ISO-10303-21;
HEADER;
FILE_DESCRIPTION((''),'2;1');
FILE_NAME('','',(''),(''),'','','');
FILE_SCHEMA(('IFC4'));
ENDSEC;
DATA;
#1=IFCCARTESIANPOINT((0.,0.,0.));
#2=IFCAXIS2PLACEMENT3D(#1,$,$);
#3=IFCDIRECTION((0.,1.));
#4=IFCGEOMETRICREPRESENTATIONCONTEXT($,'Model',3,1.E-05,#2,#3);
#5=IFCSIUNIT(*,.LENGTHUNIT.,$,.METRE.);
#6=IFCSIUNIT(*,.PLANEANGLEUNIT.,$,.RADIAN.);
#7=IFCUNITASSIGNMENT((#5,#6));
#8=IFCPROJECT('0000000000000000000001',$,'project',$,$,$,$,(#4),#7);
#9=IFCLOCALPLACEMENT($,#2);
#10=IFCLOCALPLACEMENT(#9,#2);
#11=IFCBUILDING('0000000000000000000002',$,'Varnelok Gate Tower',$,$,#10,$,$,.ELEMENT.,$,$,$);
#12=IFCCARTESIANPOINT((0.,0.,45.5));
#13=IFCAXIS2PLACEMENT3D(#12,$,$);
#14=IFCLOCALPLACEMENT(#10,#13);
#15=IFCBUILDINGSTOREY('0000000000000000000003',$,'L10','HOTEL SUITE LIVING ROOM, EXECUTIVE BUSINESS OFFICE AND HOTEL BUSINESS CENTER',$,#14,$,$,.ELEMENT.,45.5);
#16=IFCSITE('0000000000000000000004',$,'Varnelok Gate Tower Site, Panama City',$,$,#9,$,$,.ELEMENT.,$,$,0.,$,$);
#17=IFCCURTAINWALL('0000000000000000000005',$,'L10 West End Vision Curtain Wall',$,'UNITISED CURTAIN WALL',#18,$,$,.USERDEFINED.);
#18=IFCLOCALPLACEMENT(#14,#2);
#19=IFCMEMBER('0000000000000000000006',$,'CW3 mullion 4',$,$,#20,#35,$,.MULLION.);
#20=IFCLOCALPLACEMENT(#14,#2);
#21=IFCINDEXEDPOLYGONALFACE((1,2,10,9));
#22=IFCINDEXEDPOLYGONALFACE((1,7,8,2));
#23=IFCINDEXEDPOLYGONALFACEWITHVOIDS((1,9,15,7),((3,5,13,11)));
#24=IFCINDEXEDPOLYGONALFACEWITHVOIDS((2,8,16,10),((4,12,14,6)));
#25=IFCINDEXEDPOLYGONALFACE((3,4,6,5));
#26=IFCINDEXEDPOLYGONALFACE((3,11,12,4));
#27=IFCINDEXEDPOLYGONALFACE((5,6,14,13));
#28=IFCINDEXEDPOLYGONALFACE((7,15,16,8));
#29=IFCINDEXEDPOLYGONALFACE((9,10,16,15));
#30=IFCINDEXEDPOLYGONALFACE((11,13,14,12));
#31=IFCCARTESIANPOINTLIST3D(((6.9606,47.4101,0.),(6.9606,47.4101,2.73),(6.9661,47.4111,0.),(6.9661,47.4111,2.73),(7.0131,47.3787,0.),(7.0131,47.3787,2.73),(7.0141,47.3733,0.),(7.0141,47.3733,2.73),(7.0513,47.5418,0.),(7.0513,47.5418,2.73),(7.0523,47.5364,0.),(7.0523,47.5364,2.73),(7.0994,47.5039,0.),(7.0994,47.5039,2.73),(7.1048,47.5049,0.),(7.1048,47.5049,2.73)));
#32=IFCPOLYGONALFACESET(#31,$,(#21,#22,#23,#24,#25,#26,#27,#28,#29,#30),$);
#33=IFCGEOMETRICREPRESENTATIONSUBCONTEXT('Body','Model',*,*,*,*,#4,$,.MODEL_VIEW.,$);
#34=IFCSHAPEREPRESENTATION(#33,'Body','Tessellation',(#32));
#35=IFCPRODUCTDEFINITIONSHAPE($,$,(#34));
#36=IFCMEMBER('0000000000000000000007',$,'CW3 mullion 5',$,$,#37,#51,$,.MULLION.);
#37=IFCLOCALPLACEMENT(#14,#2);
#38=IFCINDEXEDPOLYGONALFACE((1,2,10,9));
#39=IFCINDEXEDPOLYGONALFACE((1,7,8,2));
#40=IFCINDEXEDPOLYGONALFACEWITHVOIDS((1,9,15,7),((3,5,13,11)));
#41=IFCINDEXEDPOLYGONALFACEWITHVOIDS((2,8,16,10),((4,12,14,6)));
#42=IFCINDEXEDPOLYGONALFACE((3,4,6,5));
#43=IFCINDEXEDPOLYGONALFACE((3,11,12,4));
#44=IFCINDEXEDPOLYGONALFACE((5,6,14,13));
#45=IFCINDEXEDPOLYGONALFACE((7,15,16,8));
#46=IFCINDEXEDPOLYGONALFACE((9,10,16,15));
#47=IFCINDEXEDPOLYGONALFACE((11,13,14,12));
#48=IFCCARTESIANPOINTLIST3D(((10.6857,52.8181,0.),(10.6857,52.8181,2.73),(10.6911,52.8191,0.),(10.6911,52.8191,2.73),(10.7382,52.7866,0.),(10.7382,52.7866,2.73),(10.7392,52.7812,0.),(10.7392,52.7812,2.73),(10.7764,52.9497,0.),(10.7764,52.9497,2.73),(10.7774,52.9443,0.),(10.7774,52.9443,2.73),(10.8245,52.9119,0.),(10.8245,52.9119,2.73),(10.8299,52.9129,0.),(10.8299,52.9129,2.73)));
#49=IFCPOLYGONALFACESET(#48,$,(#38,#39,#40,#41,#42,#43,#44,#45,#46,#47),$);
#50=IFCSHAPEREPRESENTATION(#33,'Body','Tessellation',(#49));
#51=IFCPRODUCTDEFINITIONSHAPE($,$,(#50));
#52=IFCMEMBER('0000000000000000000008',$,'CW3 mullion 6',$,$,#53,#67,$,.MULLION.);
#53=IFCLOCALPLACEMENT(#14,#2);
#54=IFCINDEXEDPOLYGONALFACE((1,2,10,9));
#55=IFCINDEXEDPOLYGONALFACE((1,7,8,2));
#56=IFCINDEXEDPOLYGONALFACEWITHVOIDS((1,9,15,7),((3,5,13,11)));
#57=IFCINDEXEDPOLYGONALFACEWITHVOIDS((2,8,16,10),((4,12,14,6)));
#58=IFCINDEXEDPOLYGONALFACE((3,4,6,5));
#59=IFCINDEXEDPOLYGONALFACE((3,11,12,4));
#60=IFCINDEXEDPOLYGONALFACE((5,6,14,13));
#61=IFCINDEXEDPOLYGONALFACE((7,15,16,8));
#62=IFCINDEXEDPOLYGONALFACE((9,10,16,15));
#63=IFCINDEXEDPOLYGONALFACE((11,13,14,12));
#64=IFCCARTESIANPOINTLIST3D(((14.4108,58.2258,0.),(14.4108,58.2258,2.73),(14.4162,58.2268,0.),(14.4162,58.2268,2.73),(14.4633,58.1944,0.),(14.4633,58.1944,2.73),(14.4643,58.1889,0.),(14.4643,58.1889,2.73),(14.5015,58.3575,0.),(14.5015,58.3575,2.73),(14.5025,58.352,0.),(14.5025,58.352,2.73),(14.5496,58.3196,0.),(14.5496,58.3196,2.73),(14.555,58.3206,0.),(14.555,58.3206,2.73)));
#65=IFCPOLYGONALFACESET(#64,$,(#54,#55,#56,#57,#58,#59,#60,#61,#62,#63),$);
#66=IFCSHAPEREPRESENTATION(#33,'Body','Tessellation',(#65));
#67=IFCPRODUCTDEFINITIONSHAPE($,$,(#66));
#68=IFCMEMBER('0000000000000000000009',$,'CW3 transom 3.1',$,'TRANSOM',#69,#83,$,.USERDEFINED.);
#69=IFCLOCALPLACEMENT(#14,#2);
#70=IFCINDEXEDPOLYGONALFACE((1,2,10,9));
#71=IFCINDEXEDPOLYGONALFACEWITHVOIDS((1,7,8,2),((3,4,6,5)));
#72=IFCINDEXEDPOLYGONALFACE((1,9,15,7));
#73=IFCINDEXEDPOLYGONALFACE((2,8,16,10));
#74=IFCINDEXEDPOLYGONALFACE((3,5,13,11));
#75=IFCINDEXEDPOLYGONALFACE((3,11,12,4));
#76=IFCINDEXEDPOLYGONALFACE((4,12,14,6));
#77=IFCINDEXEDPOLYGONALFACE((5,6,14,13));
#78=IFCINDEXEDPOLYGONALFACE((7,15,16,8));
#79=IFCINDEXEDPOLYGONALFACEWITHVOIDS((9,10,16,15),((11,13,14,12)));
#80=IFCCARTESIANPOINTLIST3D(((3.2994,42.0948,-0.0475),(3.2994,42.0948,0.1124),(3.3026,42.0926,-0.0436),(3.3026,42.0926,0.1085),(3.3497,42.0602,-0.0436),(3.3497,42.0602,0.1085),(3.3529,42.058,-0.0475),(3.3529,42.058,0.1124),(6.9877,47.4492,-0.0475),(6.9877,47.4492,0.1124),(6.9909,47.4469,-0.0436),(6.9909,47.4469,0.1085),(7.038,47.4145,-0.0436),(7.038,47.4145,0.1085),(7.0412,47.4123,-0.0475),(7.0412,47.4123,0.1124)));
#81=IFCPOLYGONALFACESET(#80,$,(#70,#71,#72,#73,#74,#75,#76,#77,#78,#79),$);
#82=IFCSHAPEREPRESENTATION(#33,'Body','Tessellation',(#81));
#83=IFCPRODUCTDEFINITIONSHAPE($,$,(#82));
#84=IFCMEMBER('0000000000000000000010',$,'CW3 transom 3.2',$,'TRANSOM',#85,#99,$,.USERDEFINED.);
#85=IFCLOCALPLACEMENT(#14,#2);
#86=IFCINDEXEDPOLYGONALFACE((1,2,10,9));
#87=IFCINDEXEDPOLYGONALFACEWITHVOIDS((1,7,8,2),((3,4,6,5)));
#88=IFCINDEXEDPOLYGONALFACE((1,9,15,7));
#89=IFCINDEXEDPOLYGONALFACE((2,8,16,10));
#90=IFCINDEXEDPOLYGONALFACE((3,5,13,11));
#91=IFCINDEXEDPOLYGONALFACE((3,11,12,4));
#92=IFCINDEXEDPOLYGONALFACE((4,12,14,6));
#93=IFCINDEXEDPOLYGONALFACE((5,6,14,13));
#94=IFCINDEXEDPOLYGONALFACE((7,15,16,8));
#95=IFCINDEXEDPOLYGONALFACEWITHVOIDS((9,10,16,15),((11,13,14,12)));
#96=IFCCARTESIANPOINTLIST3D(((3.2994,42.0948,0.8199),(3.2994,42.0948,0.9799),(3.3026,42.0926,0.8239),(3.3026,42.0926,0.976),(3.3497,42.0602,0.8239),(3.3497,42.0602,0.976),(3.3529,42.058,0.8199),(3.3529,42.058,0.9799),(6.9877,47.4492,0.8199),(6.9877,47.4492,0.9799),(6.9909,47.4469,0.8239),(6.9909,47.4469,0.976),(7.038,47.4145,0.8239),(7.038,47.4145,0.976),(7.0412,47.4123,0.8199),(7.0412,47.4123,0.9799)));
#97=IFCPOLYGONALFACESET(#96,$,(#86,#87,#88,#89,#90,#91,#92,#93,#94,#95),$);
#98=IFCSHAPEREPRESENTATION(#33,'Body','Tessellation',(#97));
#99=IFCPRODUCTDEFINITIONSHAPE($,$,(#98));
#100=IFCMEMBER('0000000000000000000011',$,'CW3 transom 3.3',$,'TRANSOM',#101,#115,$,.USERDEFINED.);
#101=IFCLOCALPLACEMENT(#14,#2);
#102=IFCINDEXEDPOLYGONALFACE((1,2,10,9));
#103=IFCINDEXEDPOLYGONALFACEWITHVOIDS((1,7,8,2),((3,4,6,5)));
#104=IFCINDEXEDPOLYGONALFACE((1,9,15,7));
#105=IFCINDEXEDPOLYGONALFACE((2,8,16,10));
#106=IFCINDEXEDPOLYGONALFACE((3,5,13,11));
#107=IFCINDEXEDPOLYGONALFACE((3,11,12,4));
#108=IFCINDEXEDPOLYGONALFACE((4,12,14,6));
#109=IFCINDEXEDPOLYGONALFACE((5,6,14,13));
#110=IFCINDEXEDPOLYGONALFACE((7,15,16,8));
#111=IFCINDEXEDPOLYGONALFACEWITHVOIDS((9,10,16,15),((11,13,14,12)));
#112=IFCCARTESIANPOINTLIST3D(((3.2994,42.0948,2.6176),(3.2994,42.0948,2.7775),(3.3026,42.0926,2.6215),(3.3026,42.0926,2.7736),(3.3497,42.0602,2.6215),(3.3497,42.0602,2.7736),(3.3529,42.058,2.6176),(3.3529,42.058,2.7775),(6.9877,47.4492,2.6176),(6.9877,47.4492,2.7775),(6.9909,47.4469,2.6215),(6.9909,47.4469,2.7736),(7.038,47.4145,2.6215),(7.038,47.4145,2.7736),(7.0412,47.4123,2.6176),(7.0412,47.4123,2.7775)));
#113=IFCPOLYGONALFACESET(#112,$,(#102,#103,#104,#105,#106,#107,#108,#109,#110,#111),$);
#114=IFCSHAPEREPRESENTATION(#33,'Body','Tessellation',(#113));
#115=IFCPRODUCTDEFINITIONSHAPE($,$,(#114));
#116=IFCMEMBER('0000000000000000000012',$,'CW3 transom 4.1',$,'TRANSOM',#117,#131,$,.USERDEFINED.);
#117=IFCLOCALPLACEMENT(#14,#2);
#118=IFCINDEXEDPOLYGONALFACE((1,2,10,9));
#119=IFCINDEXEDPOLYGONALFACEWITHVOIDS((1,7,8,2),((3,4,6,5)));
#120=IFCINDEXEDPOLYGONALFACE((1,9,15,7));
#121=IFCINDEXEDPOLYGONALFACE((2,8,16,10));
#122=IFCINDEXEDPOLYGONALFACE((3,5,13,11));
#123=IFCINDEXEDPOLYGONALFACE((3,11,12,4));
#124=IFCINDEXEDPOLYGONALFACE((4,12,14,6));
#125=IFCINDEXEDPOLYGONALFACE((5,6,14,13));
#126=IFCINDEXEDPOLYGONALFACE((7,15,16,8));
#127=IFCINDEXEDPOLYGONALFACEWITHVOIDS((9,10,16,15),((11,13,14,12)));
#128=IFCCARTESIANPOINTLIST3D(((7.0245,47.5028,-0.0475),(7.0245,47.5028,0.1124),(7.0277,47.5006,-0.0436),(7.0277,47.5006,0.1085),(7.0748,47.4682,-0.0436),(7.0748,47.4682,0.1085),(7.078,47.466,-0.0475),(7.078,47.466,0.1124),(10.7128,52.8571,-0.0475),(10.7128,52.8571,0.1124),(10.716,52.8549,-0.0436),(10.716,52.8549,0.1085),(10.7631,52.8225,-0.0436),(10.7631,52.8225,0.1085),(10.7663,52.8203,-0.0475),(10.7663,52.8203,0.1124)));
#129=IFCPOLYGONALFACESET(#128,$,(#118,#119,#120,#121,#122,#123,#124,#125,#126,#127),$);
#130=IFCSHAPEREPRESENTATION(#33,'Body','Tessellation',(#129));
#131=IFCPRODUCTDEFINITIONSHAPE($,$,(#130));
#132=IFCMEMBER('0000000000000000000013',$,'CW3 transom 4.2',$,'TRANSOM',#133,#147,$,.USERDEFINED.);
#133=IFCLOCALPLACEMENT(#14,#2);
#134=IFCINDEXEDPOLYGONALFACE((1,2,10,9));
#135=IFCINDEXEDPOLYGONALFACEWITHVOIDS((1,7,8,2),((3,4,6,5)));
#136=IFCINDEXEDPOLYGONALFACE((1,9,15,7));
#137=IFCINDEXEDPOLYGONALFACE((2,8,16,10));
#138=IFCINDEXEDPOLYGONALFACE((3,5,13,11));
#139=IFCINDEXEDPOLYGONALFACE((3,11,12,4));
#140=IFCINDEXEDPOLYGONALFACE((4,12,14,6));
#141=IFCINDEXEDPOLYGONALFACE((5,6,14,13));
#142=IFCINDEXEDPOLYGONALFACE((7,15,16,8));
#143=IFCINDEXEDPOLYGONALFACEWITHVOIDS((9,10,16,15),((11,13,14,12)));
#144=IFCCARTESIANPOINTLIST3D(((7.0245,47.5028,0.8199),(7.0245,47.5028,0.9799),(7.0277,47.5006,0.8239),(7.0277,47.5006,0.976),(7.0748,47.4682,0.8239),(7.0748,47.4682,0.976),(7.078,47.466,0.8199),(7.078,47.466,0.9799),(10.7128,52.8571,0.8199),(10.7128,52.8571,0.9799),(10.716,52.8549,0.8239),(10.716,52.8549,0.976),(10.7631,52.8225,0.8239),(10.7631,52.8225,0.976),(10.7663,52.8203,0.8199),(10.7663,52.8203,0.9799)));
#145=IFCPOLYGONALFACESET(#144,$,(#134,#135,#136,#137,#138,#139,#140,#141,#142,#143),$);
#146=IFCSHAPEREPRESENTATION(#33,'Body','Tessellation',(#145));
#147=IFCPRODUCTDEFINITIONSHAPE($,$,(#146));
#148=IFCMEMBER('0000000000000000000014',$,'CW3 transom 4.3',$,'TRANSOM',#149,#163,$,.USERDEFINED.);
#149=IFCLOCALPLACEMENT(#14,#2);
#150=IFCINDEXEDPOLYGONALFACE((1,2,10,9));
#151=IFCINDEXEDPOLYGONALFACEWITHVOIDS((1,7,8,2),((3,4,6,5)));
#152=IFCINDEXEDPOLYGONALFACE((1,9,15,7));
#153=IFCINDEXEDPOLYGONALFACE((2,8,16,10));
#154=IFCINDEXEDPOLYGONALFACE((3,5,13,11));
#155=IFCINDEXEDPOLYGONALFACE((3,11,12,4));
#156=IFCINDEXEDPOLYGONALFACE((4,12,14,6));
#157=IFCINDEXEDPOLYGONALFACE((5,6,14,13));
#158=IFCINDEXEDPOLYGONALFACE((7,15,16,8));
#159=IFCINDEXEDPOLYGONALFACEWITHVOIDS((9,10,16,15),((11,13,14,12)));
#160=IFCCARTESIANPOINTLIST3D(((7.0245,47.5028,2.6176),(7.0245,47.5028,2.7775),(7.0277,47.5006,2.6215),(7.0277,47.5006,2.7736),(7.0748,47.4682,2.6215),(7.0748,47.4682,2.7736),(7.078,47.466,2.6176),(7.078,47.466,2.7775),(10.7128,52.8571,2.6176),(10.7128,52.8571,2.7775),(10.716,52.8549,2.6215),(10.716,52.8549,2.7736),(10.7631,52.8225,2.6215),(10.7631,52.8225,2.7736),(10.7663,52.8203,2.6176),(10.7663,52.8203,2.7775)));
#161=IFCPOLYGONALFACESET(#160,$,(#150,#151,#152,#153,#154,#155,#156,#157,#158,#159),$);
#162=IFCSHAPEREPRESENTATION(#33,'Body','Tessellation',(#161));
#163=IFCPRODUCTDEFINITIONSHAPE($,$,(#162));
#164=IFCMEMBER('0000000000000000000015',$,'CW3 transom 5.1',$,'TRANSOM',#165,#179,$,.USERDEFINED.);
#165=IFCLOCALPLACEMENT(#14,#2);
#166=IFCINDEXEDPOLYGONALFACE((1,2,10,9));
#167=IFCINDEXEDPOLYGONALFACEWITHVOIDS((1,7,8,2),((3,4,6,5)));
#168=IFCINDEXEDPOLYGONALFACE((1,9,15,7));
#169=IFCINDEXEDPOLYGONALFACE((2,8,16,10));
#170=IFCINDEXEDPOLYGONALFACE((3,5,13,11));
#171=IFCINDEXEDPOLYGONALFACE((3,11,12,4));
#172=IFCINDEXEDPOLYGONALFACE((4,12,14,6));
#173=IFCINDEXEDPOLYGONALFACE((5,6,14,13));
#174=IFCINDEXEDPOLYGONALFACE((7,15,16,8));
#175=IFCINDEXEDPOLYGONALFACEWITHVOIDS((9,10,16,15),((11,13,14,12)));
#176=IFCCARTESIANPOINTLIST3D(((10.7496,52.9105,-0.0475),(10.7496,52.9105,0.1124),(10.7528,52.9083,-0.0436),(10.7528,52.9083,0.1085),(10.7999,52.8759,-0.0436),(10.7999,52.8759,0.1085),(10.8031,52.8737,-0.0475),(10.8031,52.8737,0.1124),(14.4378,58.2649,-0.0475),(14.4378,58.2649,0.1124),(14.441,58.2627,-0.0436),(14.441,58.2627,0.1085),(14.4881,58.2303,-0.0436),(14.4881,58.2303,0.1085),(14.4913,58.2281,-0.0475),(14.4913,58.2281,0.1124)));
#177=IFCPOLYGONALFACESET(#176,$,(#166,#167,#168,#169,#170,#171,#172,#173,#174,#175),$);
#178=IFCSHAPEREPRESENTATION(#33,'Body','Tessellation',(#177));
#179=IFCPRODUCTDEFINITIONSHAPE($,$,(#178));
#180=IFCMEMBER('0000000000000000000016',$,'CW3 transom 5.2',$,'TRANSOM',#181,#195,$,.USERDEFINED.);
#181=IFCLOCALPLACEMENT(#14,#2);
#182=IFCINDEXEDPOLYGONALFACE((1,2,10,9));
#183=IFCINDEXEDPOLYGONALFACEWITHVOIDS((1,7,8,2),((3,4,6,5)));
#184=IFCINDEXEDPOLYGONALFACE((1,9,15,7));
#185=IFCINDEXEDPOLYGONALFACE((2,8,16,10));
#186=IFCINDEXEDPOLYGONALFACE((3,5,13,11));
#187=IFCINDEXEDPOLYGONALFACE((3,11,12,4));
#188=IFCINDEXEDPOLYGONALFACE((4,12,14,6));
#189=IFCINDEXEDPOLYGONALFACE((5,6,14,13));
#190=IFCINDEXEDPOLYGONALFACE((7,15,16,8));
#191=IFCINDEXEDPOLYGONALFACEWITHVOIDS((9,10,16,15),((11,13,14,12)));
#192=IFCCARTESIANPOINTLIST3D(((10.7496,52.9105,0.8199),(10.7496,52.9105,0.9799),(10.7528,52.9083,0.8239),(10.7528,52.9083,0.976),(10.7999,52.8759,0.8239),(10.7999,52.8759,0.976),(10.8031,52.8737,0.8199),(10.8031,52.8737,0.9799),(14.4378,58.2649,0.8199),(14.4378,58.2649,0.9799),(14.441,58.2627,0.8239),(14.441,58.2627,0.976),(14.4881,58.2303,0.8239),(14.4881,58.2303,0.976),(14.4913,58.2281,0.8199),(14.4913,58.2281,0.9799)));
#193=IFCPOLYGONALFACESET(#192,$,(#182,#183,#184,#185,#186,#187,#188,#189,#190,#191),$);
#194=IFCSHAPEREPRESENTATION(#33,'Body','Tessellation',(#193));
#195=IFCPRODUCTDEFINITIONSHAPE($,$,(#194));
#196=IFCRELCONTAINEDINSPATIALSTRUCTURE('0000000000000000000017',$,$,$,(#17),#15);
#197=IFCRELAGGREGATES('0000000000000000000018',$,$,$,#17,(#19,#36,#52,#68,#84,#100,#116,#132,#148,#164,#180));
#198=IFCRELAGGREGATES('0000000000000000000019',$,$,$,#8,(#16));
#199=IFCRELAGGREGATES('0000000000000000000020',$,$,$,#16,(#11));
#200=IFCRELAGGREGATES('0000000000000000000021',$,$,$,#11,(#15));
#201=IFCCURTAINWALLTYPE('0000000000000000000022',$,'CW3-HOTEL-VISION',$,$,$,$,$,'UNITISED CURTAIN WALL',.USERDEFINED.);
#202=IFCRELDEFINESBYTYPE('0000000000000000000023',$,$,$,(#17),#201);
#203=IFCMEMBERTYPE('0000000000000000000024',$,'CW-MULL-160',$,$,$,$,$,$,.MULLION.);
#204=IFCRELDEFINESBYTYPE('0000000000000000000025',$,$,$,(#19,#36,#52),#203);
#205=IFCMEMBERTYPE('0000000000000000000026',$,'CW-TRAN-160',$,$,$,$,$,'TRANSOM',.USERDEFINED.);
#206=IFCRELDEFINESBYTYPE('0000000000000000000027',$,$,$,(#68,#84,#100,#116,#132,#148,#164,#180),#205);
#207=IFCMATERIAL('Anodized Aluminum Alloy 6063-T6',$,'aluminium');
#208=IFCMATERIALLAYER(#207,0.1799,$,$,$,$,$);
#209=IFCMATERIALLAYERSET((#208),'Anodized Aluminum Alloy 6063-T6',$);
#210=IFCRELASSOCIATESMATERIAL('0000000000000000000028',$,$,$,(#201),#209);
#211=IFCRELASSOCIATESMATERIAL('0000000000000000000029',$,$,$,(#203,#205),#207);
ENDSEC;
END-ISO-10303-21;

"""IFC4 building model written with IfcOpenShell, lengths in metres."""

from ifc_helpers import new_model, si_unit, direction, frame, origin, origin_2d, place, context, subcontext, project, spatial, hollow_rectangle, extrude, material, layer, layer_set, material_profile, profile_set, type_object, element, aggregate, save


model = new_model("IFC4")

# Units and contexts
model_context = context("Model", 3, precision=1e-05, world=origin(), true_north=direction((0.0, 1.0)))
body_context = subcontext(model_context, "Body", "Model", "MODEL_VIEW")
ifc_project = project(units=[si_unit("LENGTHUNIT", "METRE"), si_unit("PLANEANGLEUNIT", "RADIAN")], contexts=[model_context])

# Site, building, storey
site_placement = place(None, origin())
site = spatial("IfcSite", under=ifc_project, at=site_placement, Name="Varnelok Gate Tower Site, Panama City", CompositionType="ELEMENT", RefElevation=0.0)
building_placement = place(site_placement, origin())
building = spatial("IfcBuilding", under=site, at=building_placement, Name="Varnelok Gate Tower", CompositionType="ELEMENT")
storey_placement = place(building_placement, frame((0.0, 0.0, 45.5)))
storey = spatial("IfcBuildingStorey", under=building, at=storey_placement, Name="L10", Description="HOTEL SUITE LIVING ROOM, EXECUTIVE BUSINESS OFFICE AND HOTEL BUSINESS CENTER", CompositionType="ELEMENT", Elevation=45.5)

# Curtain wall, members
ifc_material_1 = material(Name="Anodized Aluminum Alloy 6063-T6", Category="aluminium")
ifc_layer_1 = layer(ifc_material_1, 0.1799)
ifc_layer_set_1 = layer_set([ifc_layer_1], Name="Anodized Aluminum Alloy 6063-T6")
curtain_wall_type = type_object("IfcCurtainWallType", Name="CW3-HOTEL-VISION", ElementType="UNITISED CURTAIN WALL", PredefinedType="USERDEFINED", material=ifc_layer_set_1)
curtain_wall_placement = place(storey_placement, origin())
curtain_wall = element("IfcCurtainWall", 1, at=curtain_wall_placement, inside=storey, type_object=curtain_wall_type, Name="L10 West End Vision Curtain Wall", ObjectType="UNITISED CURTAIN WALL", PredefinedType="USERDEFINED")
ifc_material_profile_1 = material_profile(ifc_material_1, hollow_rectangle(XDim=0.0649, YDim=0.1599, WallThickness=0.0039, at=origin_2d()), Name="ALU160X65X4")
ifc_profile_set_1 = profile_set([ifc_material_profile_1], Name="Anodized Aluminum Alloy 6063-T6")
member_type_1 = type_object("IfcMemberType", Name="CW-MULL-160", PredefinedType="MULLION", material=ifc_profile_set_1)
member_1_placement = place(storey_placement, frame((7.0327, 47.4575, 0.0), z_axis=(0.0, 0.0, 1.0), x_axis=(-0.823533, 0.567269, 0.0)))
member_1 = element("IfcMember", 2, at=member_1_placement, type_object=member_type_1, Name="CW3 mullion 4", PredefinedType="MULLION", context=body_context, shape_type="SweptSolid", body=[
    extrude(hollow_rectangle(XDim=0.0649, YDim=0.1599, WallThickness=0.0039, at=origin_2d()), origin(), (0.0, 0.0, 1.0), 2.73),
])
member_2_placement = place(storey_placement, frame((10.7578, 52.8655, 0.0), z_axis=(0.0, 0.0, 1.0), x_axis=(-0.823533, 0.567269, 0.0)))
member_2 = element("IfcMember", 3, at=member_2_placement, type_object=member_type_1, Name="CW3 mullion 5", PredefinedType="MULLION", context=body_context, shape_type="SweptSolid", body=[
    extrude(hollow_rectangle(XDim=0.0649, YDim=0.1599, WallThickness=0.0039, at=origin_2d()), origin(), (0.0, 0.0, 1.0), 2.73),
])
member_3_placement = place(storey_placement, frame((14.4829, 58.2732, 0.0), z_axis=(0.0, 0.0, 1.0), x_axis=(-0.823533, 0.567269, 0.0)))
member_3 = element("IfcMember", 4, at=member_3_placement, type_object=member_type_1, Name="CW3 mullion 6", PredefinedType="MULLION", context=body_context, shape_type="SweptSolid", body=[
    extrude(hollow_rectangle(XDim=0.0649, YDim=0.1599, WallThickness=0.0039, at=origin_2d()), origin(), (0.0, 0.0, 1.0), 2.73),
])
ifc_material_profile_2 = material_profile(ifc_material_1, hollow_rectangle(XDim=0.0649, YDim=0.1599, WallThickness=0.0039, at=origin_2d()), Name="ALU160X65X4")
ifc_profile_set_2 = profile_set([ifc_material_profile_2], Name="Anodized Aluminum Alloy 6063-T6")
member_type_2 = type_object("IfcMemberType", Name="CW-TRAN-160", ElementType="TRANSOM", PredefinedType="USERDEFINED", material=ifc_profile_set_2)
member_4_placement = place(storey_placement, frame((3.3262, 42.0764, 0.0325), z_axis=(0.567279, 0.823526, 0.0), x_axis=(-0.823526, 0.567279, 0.0)))
member_4 = element("IfcMember", 5, at=member_4_placement, type_object=member_type_2, Name="CW3 transom 3.1", ObjectType="TRANSOM", PredefinedType="USERDEFINED", context=body_context, shape_type="SweptSolid", body=[
    extrude(hollow_rectangle(XDim=0.0649, YDim=0.1599, WallThickness=0.0039, at=origin_2d()), origin(), (0.0, 0.0, 1.0), 6.5017),
])
member_5_placement = place(storey_placement, frame((3.3262, 42.0764, 0.8999), z_axis=(0.567279, 0.823526, 0.0), x_axis=(-0.823526, 0.567279, 0.0)))
member_5 = element("IfcMember", 6, at=member_5_placement, type_object=member_type_2, Name="CW3 transom 3.2", ObjectType="TRANSOM", PredefinedType="USERDEFINED", context=body_context, shape_type="SweptSolid", body=[
    extrude(hollow_rectangle(XDim=0.0649, YDim=0.1599, WallThickness=0.0039, at=origin_2d()), origin(), (0.0, 0.0, 1.0), 6.5017),
])
member_6_placement = place(storey_placement, frame((3.3262, 42.0764, 2.6975), z_axis=(0.567279, 0.823526, 0.0), x_axis=(-0.823526, 0.567279, 0.0)))
member_6 = element("IfcMember", 7, at=member_6_placement, type_object=member_type_2, Name="CW3 transom 3.3", ObjectType="TRANSOM", PredefinedType="USERDEFINED", context=body_context, shape_type="SweptSolid", body=[
    extrude(hollow_rectangle(XDim=0.0649, YDim=0.1599, WallThickness=0.0039, at=origin_2d()), origin(), (0.0, 0.0, 1.0), 6.5017),
])
member_7_placement = place(storey_placement, frame((7.0513, 47.4844, 0.0325), z_axis=(0.567279, 0.823526, 0.0), x_axis=(-0.823526, 0.567279, 0.0)))
member_7 = element("IfcMember", 8, at=member_7_placement, type_object=member_type_2, Name="CW3 transom 4.1", ObjectType="TRANSOM", PredefinedType="USERDEFINED", context=body_context, shape_type="SweptSolid", body=[
    extrude(hollow_rectangle(XDim=0.0649, YDim=0.1599, WallThickness=0.0039, at=origin_2d()), origin(), (0.0, 0.0, 1.0), 6.5017),
])
member_8_placement = place(storey_placement, frame((7.0513, 47.4844, 0.8999), z_axis=(0.567279, 0.823526, 0.0), x_axis=(-0.823526, 0.567279, 0.0)))
member_8 = element("IfcMember", 9, at=member_8_placement, type_object=member_type_2, Name="CW3 transom 4.2", ObjectType="TRANSOM", PredefinedType="USERDEFINED", context=body_context, shape_type="SweptSolid", body=[
    extrude(hollow_rectangle(XDim=0.0649, YDim=0.1599, WallThickness=0.0039, at=origin_2d()), origin(), (0.0, 0.0, 1.0), 6.5017),
])
member_9_placement = place(storey_placement, frame((7.0513, 47.4844, 2.6975), z_axis=(0.567279, 0.823526, 0.0), x_axis=(-0.823526, 0.567279, 0.0)))
member_9 = element("IfcMember", 10, at=member_9_placement, type_object=member_type_2, Name="CW3 transom 4.3", ObjectType="TRANSOM", PredefinedType="USERDEFINED", context=body_context, shape_type="SweptSolid", body=[
    extrude(hollow_rectangle(XDim=0.0649, YDim=0.1599, WallThickness=0.0039, at=origin_2d()), origin(), (0.0, 0.0, 1.0), 6.5017),
])
member_10_placement = place(storey_placement, frame((10.7764, 52.8921, 0.0325), z_axis=(0.567262, 0.823538, 0.0), x_axis=(-0.823538, 0.567262, 0.0)))
member_10 = element("IfcMember", 11, at=member_10_placement, type_object=member_type_2, Name="CW3 transom 5.1", ObjectType="TRANSOM", PredefinedType="USERDEFINED", context=body_context, shape_type="SweptSolid", body=[
    extrude(hollow_rectangle(XDim=0.0649, YDim=0.1599, WallThickness=0.0039, at=origin_2d()), origin(), (0.0, 0.0, 1.0), 6.5017),
])
member_11_placement = place(storey_placement, frame((10.7764, 52.8921, 0.8999), z_axis=(0.567262, 0.823538, 0.0), x_axis=(-0.823538, 0.567262, 0.0)))
member_11 = element("IfcMember", 12, at=member_11_placement, type_object=member_type_2, Name="CW3 transom 5.2", ObjectType="TRANSOM", PredefinedType="USERDEFINED", context=body_context, shape_type="SweptSolid", body=[
    extrude(hollow_rectangle(XDim=0.0649, YDim=0.1599, WallThickness=0.0039, at=origin_2d()), origin(), (0.0, 0.0, 1.0), 6.5017),
])
aggregate(curtain_wall, [member_1, member_2, member_3, member_4, member_5, member_6, member_7, member_8, member_9, member_10, member_11])

save(model, "model.ifc")
